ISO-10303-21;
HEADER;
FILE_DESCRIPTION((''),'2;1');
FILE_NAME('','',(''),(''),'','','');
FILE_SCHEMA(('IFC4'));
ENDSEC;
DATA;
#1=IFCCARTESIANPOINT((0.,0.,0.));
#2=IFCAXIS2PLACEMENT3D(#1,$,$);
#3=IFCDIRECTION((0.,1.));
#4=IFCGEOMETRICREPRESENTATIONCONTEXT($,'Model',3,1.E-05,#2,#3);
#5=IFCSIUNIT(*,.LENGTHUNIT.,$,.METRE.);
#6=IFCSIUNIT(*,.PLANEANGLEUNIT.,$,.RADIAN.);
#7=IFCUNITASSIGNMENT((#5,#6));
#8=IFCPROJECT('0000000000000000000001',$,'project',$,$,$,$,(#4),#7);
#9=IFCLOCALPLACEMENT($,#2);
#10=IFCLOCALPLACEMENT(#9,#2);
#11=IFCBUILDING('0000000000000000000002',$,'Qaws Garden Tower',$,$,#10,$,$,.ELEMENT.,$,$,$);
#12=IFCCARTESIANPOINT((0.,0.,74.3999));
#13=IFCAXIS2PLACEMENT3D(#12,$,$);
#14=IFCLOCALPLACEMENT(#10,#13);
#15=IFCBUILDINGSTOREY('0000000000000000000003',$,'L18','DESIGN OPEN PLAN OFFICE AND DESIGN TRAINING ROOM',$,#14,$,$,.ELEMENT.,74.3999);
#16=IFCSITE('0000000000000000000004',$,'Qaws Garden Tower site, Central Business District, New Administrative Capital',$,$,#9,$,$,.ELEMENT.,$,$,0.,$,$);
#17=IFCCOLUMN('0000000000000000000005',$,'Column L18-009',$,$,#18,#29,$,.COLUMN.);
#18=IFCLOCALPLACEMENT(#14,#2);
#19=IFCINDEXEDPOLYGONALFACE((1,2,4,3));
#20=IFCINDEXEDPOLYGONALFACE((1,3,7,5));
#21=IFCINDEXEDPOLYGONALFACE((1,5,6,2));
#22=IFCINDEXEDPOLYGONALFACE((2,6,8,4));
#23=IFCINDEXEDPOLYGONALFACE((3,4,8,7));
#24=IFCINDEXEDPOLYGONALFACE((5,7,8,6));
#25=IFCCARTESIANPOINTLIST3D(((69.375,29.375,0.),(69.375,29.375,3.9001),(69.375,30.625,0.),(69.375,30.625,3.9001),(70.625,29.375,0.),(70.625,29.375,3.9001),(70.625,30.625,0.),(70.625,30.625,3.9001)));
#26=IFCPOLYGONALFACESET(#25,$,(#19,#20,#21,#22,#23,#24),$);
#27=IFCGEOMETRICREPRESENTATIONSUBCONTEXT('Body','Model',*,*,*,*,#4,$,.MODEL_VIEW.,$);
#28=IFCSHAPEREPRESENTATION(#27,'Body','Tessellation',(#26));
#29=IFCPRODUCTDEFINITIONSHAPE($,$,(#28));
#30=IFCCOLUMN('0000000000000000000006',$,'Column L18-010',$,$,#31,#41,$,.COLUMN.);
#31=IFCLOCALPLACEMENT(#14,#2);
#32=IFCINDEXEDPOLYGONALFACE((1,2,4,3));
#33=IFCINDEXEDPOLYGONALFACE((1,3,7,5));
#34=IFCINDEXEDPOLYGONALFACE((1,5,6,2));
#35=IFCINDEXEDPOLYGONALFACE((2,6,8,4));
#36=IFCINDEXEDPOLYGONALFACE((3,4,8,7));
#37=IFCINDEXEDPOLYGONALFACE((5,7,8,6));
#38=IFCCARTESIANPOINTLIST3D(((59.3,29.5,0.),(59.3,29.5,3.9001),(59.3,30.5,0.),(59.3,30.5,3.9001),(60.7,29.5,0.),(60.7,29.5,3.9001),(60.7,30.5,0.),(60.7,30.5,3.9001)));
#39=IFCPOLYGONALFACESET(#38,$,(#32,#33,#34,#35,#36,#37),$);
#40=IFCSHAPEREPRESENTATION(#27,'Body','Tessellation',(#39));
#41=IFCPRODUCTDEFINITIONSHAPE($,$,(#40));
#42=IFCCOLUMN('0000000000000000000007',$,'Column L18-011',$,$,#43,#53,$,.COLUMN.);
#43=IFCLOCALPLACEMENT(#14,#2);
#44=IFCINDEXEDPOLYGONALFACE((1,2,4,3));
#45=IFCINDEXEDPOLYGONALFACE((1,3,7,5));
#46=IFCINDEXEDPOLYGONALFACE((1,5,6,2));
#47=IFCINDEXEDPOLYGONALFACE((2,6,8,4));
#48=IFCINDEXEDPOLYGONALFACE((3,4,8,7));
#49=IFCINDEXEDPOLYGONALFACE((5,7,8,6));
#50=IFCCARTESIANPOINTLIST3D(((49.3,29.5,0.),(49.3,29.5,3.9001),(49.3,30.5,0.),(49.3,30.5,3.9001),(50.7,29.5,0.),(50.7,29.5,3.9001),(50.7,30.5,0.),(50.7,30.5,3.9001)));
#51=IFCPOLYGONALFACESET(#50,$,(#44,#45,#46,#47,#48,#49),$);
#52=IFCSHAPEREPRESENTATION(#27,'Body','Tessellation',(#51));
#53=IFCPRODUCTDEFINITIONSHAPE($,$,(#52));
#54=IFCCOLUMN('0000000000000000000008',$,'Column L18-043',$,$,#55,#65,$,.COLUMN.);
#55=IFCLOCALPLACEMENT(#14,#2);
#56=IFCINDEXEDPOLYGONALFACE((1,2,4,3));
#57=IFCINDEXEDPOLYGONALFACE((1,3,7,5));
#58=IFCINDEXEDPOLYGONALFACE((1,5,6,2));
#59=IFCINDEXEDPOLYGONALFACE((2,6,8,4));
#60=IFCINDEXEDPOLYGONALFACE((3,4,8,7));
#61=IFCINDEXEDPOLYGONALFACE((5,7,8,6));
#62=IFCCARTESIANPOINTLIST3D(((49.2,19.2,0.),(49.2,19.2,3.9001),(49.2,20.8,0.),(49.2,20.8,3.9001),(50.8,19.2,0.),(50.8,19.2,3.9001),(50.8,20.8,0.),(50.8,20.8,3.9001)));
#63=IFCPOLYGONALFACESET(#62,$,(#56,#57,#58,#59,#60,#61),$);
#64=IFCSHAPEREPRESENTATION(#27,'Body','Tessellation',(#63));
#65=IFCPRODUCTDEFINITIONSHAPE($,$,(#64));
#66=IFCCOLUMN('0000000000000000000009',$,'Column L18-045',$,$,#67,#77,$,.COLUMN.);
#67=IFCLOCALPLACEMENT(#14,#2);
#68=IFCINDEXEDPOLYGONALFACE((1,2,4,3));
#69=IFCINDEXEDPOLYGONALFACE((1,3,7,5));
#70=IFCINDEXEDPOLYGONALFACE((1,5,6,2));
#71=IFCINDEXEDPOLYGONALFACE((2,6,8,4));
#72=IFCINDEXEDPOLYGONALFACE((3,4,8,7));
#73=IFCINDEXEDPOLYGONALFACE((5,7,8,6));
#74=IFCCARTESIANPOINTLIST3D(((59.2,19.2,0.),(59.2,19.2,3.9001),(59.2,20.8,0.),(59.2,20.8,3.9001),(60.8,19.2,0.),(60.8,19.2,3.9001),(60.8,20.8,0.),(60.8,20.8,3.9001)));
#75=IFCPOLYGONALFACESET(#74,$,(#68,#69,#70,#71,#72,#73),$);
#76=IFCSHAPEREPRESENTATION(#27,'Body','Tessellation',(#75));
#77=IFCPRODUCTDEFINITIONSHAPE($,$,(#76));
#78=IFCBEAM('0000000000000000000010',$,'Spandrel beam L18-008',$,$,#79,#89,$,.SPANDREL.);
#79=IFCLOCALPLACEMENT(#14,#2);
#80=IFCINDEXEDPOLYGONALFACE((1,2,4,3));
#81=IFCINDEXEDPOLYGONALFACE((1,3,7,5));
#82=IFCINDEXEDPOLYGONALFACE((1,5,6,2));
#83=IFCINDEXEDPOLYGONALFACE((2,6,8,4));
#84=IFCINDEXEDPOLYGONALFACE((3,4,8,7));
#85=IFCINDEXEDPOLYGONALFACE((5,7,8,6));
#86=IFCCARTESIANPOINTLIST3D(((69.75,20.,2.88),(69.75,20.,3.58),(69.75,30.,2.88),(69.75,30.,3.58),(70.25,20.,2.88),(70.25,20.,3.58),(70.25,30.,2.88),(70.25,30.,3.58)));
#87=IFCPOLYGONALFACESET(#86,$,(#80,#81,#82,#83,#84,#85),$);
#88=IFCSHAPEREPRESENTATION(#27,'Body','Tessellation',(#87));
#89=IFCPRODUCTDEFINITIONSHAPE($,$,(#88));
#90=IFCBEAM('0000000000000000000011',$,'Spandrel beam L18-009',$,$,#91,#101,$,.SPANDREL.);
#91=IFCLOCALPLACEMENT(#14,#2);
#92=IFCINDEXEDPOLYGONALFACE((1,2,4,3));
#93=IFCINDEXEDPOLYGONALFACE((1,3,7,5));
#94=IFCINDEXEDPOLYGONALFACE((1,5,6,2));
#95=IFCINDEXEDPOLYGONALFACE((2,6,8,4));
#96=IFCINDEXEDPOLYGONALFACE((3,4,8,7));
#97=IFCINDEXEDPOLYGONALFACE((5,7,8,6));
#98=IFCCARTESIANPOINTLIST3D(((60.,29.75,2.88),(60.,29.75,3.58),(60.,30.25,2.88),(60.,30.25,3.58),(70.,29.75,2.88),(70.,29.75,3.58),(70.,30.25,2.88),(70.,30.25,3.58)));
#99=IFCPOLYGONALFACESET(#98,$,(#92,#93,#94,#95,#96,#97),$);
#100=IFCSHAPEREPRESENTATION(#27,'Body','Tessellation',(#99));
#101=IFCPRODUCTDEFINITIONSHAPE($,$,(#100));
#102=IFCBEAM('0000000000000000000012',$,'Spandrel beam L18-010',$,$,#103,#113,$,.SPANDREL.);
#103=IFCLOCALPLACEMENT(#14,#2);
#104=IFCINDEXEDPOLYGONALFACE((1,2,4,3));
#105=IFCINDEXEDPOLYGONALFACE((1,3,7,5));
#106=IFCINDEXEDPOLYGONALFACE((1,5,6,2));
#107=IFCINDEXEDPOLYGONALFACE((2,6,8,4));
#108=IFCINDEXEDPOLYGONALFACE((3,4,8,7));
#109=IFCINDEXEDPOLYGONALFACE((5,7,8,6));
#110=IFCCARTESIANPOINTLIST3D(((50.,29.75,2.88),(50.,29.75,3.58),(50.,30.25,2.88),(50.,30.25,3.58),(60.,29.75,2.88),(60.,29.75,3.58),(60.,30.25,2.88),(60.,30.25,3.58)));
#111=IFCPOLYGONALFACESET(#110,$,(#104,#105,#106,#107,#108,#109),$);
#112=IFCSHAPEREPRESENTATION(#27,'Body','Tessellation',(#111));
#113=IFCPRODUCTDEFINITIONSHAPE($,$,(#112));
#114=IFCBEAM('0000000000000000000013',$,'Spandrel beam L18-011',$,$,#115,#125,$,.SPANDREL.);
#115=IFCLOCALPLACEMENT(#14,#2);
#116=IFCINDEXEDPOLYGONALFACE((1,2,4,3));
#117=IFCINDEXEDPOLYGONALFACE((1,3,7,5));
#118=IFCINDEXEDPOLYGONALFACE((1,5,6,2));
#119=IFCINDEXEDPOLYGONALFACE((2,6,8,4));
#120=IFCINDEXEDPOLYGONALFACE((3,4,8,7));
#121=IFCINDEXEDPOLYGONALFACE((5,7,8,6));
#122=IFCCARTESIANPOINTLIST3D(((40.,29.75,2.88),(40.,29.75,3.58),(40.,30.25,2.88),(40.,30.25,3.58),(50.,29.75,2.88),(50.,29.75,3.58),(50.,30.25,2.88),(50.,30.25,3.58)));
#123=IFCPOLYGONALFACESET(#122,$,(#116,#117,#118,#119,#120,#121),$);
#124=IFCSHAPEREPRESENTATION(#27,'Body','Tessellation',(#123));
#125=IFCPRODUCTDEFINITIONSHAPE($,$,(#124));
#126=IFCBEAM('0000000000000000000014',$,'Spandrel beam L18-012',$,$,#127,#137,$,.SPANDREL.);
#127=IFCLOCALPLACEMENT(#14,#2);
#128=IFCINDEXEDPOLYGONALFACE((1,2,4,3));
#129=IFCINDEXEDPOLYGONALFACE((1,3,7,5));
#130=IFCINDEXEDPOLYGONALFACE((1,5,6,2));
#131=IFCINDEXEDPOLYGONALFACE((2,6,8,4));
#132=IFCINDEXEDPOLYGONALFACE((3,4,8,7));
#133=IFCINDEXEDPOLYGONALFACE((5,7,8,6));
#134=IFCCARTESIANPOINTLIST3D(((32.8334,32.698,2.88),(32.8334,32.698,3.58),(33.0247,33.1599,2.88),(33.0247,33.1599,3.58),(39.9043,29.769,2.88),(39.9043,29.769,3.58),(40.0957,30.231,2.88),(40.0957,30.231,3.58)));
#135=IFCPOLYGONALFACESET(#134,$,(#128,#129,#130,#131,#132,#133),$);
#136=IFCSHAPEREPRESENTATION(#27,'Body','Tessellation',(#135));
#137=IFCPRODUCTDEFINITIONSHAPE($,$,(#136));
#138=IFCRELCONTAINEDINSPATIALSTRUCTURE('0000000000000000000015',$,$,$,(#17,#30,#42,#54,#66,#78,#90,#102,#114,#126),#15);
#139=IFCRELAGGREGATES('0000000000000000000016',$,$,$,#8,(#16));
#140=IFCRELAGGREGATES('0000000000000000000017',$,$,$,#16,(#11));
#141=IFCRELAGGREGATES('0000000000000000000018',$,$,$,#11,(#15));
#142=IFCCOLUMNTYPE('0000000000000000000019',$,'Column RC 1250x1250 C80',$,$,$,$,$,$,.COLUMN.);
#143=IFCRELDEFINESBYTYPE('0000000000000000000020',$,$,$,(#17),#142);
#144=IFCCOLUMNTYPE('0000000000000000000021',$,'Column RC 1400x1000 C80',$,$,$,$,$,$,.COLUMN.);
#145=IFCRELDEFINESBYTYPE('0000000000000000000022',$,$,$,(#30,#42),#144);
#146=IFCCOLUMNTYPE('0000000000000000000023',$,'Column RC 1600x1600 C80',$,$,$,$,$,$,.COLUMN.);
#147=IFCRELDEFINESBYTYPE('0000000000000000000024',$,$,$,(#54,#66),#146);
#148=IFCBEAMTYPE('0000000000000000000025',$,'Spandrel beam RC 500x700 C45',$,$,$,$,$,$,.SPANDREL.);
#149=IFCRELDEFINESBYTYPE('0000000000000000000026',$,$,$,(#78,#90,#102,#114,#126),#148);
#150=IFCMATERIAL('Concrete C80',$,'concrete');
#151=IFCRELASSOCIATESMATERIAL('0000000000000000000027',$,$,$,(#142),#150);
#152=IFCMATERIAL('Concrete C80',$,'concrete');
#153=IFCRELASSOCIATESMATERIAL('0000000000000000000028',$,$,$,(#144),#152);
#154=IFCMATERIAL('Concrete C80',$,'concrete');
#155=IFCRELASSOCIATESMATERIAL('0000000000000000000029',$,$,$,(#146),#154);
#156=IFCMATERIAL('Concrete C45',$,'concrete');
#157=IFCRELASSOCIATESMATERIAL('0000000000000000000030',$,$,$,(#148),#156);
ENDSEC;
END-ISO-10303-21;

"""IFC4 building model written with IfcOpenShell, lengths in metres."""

from ifc_helpers import new_model, si_unit, direction, frame, origin, origin_2d, place, context, subcontext, project, spatial, rectangle, extrude, material, material_profile, profile_set, type_object, element, save


model = new_model("IFC4")

# Units and contexts
model_context = context("Model", 3, precision=1e-05, world=origin(), true_north=direction((0.0, 1.0)))
body_context = subcontext(model_context, "Body", "Model", "MODEL_VIEW")
ifc_project = project(units=[si_unit("LENGTHUNIT", "METRE"), si_unit("PLANEANGLEUNIT", "RADIAN")], contexts=[model_context])

# Site, building, storey
site_placement = place(None, origin())
site = spatial("IfcSite", under=ifc_project, at=site_placement, Name="Qaws Garden Tower site, Central Business District, New Administrative Capital", CompositionType="ELEMENT", RefElevation=0.0)
building_placement = place(site_placement, origin())
building = spatial("IfcBuilding", under=site, at=building_placement, Name="Qaws Garden Tower", CompositionType="ELEMENT")
storey_placement = place(building_placement, frame((0.0, 0.0, 74.3999)))
storey = spatial("IfcBuildingStorey", under=building, at=storey_placement, Name="L18", Description="DESIGN OPEN PLAN OFFICE AND DESIGN TRAINING ROOM", CompositionType="ELEMENT", Elevation=74.3999)

# Columns
ifc_material_1 = material(Name="Concrete C80", Category="concrete")
ifc_material_profile_1 = material_profile(ifc_material_1, rectangle(XDim=1.25, YDim=1.25, at=origin_2d()), Name="RC 1250x1250")
ifc_profile_set_1 = profile_set([ifc_material_profile_1], Name="Concrete C80")
column_type_1 = type_object("IfcColumnType", Name="Column RC 1250x1250 C80", PredefinedType="COLUMN", material=ifc_profile_set_1)
column_placement = place(storey_placement, frame((70.0, 30.0, 0.0), z_axis=(0.0, 0.0, 1.0), x_axis=(1.0, 0.0, 0.0)))
element("IfcColumn", 1, at=column_placement, inside=storey, type_object=column_type_1, Name="Column L18-009", PredefinedType="COLUMN", context=body_context, shape_type="SweptSolid", body=[
    extrude(rectangle(XDim=1.25, YDim=1.25, at=origin_2d()), origin(), (0.0, 0.0, 1.0), 3.9001),
])
ifc_material_2 = material(Name="Concrete C80", Category="concrete")
ifc_material_profile_2 = material_profile(ifc_material_2, rectangle(XDim=1.3999, YDim=1.0, at=origin_2d()), Name="RC 1400x1000")
ifc_profile_set_2 = profile_set([ifc_material_profile_2], Name="Concrete C80")
column_type_2 = type_object("IfcColumnType", Name="Column RC 1400x1000 C80", PredefinedType="COLUMN", material=ifc_profile_set_2)
for number, where, z_axis, x_axis, name in (
    (2, (60.0, 30.0, 0.0), (0.0, 0.0, 1.0), (1.0, 0.0, 0.0), "Column L18-010"),
    (3, (50.0, 30.0, 0.0), (0.0, 0.0, 1.0), (1.0, 0.0, 0.0), "Column L18-011"),
):
    element("IfcColumn", number, at=place(storey_placement, frame(where, z_axis=z_axis, x_axis=x_axis)), inside=storey, type_object=column_type_2, Name=name, PredefinedType="COLUMN", context=body_context, shape_type="SweptSolid", body=[
        extrude(rectangle(XDim=1.3999, YDim=1.0, at=origin_2d()), origin(), (0.0, 0.0, 1.0), 3.9001),
    ])
ifc_material_3 = material(Name="Concrete C80", Category="concrete")
ifc_material_profile_3 = material_profile(ifc_material_3, rectangle(XDim=1.6001, YDim=1.6001, at=origin_2d()), Name="RC 1600x1600")
ifc_profile_set_3 = profile_set([ifc_material_profile_3], Name="Concrete C80")
column_type_3 = type_object("IfcColumnType", Name="Column RC 1600x1600 C80", PredefinedType="COLUMN", material=ifc_profile_set_3)
for number, where, z_axis, x_axis, name in (
    (4, (50.0, 20.0, 0.0), (0.0, 0.0, 1.0), (1.0, 0.0, 0.0), "Column L18-043"),
    (5, (60.0, 20.0, 0.0), (0.0, 0.0, 1.0), (1.0, 0.0, 0.0), "Column L18-045"),
):
    element("IfcColumn", number, at=place(storey_placement, frame(where, z_axis=z_axis, x_axis=x_axis)), inside=storey, type_object=column_type_3, Name=name, PredefinedType="COLUMN", context=body_context, shape_type="SweptSolid", body=[
        extrude(rectangle(XDim=1.6001, YDim=1.6001, at=origin_2d()), origin(), (0.0, 0.0, 1.0), 3.9001),
    ])

# Beams
ifc_material_4 = material(Name="Concrete C45", Category="concrete")
ifc_material_profile_4 = material_profile(ifc_material_4, rectangle(XDim=0.5, YDim=0.7, at=origin_2d()), Name="RC 500x700")
ifc_profile_set_4 = profile_set([ifc_material_profile_4], Name="Concrete C45")
beam_type = type_object("IfcBeamType", Name="Spandrel beam RC 500x700 C45", PredefinedType="SPANDREL", material=ifc_profile_set_4)
for number, where, z_axis, x_axis, name in (
    (6, (70.0, 20.0, 3.23), (0.0, 1.0, 0.0), (-1.0, 0.0, 0.0), "Spandrel beam L18-008"),
    (7, (70.0, 30.0, 3.23), (-1.0, 0.0, 0.0), (0.0, -1.0, 0.0), "Spandrel beam L18-009"),
    (8, (60.0, 30.0, 3.23), (-1.0, 0.0, 0.0), (0.0, -1.0, 0.0), "Spandrel beam L18-010"),
    (9, (50.0, 30.0, 3.23), (-1.0, 0.0, 0.0), (0.0, -1.0, 0.0), "Spandrel beam L18-011"),
):
    element("IfcBeam", number, at=place(storey_placement, frame(where, z_axis=z_axis, x_axis=x_axis)), inside=storey, type_object=beam_type, Name=name, PredefinedType="SPANDREL", context=body_context, shape_type="SweptSolid", body=[
        extrude(rectangle(XDim=0.5, YDim=0.7, at=origin_2d()), origin(), (0.0, 0.0, 1.0), 10.0),
    ])
beam_placement = place(storey_placement, frame((40.0, 30.0, 3.23), z_axis=(-0.923878, 0.382687, 0.0), x_axis=(-0.382687, -0.923878, 0.0)))
element("IfcBeam", 10, at=beam_placement, inside=storey, type_object=beam_type, Name="Spandrel beam L18-012", PredefinedType="SPANDREL", context=body_context, shape_type="SweptSolid", body=[
    extrude(rectangle(XDim=0.5, YDim=0.7, at=origin_2d()), origin(), (0.0, 0.0, 1.0), 7.6536),
])

save(model, "model.ifc")
